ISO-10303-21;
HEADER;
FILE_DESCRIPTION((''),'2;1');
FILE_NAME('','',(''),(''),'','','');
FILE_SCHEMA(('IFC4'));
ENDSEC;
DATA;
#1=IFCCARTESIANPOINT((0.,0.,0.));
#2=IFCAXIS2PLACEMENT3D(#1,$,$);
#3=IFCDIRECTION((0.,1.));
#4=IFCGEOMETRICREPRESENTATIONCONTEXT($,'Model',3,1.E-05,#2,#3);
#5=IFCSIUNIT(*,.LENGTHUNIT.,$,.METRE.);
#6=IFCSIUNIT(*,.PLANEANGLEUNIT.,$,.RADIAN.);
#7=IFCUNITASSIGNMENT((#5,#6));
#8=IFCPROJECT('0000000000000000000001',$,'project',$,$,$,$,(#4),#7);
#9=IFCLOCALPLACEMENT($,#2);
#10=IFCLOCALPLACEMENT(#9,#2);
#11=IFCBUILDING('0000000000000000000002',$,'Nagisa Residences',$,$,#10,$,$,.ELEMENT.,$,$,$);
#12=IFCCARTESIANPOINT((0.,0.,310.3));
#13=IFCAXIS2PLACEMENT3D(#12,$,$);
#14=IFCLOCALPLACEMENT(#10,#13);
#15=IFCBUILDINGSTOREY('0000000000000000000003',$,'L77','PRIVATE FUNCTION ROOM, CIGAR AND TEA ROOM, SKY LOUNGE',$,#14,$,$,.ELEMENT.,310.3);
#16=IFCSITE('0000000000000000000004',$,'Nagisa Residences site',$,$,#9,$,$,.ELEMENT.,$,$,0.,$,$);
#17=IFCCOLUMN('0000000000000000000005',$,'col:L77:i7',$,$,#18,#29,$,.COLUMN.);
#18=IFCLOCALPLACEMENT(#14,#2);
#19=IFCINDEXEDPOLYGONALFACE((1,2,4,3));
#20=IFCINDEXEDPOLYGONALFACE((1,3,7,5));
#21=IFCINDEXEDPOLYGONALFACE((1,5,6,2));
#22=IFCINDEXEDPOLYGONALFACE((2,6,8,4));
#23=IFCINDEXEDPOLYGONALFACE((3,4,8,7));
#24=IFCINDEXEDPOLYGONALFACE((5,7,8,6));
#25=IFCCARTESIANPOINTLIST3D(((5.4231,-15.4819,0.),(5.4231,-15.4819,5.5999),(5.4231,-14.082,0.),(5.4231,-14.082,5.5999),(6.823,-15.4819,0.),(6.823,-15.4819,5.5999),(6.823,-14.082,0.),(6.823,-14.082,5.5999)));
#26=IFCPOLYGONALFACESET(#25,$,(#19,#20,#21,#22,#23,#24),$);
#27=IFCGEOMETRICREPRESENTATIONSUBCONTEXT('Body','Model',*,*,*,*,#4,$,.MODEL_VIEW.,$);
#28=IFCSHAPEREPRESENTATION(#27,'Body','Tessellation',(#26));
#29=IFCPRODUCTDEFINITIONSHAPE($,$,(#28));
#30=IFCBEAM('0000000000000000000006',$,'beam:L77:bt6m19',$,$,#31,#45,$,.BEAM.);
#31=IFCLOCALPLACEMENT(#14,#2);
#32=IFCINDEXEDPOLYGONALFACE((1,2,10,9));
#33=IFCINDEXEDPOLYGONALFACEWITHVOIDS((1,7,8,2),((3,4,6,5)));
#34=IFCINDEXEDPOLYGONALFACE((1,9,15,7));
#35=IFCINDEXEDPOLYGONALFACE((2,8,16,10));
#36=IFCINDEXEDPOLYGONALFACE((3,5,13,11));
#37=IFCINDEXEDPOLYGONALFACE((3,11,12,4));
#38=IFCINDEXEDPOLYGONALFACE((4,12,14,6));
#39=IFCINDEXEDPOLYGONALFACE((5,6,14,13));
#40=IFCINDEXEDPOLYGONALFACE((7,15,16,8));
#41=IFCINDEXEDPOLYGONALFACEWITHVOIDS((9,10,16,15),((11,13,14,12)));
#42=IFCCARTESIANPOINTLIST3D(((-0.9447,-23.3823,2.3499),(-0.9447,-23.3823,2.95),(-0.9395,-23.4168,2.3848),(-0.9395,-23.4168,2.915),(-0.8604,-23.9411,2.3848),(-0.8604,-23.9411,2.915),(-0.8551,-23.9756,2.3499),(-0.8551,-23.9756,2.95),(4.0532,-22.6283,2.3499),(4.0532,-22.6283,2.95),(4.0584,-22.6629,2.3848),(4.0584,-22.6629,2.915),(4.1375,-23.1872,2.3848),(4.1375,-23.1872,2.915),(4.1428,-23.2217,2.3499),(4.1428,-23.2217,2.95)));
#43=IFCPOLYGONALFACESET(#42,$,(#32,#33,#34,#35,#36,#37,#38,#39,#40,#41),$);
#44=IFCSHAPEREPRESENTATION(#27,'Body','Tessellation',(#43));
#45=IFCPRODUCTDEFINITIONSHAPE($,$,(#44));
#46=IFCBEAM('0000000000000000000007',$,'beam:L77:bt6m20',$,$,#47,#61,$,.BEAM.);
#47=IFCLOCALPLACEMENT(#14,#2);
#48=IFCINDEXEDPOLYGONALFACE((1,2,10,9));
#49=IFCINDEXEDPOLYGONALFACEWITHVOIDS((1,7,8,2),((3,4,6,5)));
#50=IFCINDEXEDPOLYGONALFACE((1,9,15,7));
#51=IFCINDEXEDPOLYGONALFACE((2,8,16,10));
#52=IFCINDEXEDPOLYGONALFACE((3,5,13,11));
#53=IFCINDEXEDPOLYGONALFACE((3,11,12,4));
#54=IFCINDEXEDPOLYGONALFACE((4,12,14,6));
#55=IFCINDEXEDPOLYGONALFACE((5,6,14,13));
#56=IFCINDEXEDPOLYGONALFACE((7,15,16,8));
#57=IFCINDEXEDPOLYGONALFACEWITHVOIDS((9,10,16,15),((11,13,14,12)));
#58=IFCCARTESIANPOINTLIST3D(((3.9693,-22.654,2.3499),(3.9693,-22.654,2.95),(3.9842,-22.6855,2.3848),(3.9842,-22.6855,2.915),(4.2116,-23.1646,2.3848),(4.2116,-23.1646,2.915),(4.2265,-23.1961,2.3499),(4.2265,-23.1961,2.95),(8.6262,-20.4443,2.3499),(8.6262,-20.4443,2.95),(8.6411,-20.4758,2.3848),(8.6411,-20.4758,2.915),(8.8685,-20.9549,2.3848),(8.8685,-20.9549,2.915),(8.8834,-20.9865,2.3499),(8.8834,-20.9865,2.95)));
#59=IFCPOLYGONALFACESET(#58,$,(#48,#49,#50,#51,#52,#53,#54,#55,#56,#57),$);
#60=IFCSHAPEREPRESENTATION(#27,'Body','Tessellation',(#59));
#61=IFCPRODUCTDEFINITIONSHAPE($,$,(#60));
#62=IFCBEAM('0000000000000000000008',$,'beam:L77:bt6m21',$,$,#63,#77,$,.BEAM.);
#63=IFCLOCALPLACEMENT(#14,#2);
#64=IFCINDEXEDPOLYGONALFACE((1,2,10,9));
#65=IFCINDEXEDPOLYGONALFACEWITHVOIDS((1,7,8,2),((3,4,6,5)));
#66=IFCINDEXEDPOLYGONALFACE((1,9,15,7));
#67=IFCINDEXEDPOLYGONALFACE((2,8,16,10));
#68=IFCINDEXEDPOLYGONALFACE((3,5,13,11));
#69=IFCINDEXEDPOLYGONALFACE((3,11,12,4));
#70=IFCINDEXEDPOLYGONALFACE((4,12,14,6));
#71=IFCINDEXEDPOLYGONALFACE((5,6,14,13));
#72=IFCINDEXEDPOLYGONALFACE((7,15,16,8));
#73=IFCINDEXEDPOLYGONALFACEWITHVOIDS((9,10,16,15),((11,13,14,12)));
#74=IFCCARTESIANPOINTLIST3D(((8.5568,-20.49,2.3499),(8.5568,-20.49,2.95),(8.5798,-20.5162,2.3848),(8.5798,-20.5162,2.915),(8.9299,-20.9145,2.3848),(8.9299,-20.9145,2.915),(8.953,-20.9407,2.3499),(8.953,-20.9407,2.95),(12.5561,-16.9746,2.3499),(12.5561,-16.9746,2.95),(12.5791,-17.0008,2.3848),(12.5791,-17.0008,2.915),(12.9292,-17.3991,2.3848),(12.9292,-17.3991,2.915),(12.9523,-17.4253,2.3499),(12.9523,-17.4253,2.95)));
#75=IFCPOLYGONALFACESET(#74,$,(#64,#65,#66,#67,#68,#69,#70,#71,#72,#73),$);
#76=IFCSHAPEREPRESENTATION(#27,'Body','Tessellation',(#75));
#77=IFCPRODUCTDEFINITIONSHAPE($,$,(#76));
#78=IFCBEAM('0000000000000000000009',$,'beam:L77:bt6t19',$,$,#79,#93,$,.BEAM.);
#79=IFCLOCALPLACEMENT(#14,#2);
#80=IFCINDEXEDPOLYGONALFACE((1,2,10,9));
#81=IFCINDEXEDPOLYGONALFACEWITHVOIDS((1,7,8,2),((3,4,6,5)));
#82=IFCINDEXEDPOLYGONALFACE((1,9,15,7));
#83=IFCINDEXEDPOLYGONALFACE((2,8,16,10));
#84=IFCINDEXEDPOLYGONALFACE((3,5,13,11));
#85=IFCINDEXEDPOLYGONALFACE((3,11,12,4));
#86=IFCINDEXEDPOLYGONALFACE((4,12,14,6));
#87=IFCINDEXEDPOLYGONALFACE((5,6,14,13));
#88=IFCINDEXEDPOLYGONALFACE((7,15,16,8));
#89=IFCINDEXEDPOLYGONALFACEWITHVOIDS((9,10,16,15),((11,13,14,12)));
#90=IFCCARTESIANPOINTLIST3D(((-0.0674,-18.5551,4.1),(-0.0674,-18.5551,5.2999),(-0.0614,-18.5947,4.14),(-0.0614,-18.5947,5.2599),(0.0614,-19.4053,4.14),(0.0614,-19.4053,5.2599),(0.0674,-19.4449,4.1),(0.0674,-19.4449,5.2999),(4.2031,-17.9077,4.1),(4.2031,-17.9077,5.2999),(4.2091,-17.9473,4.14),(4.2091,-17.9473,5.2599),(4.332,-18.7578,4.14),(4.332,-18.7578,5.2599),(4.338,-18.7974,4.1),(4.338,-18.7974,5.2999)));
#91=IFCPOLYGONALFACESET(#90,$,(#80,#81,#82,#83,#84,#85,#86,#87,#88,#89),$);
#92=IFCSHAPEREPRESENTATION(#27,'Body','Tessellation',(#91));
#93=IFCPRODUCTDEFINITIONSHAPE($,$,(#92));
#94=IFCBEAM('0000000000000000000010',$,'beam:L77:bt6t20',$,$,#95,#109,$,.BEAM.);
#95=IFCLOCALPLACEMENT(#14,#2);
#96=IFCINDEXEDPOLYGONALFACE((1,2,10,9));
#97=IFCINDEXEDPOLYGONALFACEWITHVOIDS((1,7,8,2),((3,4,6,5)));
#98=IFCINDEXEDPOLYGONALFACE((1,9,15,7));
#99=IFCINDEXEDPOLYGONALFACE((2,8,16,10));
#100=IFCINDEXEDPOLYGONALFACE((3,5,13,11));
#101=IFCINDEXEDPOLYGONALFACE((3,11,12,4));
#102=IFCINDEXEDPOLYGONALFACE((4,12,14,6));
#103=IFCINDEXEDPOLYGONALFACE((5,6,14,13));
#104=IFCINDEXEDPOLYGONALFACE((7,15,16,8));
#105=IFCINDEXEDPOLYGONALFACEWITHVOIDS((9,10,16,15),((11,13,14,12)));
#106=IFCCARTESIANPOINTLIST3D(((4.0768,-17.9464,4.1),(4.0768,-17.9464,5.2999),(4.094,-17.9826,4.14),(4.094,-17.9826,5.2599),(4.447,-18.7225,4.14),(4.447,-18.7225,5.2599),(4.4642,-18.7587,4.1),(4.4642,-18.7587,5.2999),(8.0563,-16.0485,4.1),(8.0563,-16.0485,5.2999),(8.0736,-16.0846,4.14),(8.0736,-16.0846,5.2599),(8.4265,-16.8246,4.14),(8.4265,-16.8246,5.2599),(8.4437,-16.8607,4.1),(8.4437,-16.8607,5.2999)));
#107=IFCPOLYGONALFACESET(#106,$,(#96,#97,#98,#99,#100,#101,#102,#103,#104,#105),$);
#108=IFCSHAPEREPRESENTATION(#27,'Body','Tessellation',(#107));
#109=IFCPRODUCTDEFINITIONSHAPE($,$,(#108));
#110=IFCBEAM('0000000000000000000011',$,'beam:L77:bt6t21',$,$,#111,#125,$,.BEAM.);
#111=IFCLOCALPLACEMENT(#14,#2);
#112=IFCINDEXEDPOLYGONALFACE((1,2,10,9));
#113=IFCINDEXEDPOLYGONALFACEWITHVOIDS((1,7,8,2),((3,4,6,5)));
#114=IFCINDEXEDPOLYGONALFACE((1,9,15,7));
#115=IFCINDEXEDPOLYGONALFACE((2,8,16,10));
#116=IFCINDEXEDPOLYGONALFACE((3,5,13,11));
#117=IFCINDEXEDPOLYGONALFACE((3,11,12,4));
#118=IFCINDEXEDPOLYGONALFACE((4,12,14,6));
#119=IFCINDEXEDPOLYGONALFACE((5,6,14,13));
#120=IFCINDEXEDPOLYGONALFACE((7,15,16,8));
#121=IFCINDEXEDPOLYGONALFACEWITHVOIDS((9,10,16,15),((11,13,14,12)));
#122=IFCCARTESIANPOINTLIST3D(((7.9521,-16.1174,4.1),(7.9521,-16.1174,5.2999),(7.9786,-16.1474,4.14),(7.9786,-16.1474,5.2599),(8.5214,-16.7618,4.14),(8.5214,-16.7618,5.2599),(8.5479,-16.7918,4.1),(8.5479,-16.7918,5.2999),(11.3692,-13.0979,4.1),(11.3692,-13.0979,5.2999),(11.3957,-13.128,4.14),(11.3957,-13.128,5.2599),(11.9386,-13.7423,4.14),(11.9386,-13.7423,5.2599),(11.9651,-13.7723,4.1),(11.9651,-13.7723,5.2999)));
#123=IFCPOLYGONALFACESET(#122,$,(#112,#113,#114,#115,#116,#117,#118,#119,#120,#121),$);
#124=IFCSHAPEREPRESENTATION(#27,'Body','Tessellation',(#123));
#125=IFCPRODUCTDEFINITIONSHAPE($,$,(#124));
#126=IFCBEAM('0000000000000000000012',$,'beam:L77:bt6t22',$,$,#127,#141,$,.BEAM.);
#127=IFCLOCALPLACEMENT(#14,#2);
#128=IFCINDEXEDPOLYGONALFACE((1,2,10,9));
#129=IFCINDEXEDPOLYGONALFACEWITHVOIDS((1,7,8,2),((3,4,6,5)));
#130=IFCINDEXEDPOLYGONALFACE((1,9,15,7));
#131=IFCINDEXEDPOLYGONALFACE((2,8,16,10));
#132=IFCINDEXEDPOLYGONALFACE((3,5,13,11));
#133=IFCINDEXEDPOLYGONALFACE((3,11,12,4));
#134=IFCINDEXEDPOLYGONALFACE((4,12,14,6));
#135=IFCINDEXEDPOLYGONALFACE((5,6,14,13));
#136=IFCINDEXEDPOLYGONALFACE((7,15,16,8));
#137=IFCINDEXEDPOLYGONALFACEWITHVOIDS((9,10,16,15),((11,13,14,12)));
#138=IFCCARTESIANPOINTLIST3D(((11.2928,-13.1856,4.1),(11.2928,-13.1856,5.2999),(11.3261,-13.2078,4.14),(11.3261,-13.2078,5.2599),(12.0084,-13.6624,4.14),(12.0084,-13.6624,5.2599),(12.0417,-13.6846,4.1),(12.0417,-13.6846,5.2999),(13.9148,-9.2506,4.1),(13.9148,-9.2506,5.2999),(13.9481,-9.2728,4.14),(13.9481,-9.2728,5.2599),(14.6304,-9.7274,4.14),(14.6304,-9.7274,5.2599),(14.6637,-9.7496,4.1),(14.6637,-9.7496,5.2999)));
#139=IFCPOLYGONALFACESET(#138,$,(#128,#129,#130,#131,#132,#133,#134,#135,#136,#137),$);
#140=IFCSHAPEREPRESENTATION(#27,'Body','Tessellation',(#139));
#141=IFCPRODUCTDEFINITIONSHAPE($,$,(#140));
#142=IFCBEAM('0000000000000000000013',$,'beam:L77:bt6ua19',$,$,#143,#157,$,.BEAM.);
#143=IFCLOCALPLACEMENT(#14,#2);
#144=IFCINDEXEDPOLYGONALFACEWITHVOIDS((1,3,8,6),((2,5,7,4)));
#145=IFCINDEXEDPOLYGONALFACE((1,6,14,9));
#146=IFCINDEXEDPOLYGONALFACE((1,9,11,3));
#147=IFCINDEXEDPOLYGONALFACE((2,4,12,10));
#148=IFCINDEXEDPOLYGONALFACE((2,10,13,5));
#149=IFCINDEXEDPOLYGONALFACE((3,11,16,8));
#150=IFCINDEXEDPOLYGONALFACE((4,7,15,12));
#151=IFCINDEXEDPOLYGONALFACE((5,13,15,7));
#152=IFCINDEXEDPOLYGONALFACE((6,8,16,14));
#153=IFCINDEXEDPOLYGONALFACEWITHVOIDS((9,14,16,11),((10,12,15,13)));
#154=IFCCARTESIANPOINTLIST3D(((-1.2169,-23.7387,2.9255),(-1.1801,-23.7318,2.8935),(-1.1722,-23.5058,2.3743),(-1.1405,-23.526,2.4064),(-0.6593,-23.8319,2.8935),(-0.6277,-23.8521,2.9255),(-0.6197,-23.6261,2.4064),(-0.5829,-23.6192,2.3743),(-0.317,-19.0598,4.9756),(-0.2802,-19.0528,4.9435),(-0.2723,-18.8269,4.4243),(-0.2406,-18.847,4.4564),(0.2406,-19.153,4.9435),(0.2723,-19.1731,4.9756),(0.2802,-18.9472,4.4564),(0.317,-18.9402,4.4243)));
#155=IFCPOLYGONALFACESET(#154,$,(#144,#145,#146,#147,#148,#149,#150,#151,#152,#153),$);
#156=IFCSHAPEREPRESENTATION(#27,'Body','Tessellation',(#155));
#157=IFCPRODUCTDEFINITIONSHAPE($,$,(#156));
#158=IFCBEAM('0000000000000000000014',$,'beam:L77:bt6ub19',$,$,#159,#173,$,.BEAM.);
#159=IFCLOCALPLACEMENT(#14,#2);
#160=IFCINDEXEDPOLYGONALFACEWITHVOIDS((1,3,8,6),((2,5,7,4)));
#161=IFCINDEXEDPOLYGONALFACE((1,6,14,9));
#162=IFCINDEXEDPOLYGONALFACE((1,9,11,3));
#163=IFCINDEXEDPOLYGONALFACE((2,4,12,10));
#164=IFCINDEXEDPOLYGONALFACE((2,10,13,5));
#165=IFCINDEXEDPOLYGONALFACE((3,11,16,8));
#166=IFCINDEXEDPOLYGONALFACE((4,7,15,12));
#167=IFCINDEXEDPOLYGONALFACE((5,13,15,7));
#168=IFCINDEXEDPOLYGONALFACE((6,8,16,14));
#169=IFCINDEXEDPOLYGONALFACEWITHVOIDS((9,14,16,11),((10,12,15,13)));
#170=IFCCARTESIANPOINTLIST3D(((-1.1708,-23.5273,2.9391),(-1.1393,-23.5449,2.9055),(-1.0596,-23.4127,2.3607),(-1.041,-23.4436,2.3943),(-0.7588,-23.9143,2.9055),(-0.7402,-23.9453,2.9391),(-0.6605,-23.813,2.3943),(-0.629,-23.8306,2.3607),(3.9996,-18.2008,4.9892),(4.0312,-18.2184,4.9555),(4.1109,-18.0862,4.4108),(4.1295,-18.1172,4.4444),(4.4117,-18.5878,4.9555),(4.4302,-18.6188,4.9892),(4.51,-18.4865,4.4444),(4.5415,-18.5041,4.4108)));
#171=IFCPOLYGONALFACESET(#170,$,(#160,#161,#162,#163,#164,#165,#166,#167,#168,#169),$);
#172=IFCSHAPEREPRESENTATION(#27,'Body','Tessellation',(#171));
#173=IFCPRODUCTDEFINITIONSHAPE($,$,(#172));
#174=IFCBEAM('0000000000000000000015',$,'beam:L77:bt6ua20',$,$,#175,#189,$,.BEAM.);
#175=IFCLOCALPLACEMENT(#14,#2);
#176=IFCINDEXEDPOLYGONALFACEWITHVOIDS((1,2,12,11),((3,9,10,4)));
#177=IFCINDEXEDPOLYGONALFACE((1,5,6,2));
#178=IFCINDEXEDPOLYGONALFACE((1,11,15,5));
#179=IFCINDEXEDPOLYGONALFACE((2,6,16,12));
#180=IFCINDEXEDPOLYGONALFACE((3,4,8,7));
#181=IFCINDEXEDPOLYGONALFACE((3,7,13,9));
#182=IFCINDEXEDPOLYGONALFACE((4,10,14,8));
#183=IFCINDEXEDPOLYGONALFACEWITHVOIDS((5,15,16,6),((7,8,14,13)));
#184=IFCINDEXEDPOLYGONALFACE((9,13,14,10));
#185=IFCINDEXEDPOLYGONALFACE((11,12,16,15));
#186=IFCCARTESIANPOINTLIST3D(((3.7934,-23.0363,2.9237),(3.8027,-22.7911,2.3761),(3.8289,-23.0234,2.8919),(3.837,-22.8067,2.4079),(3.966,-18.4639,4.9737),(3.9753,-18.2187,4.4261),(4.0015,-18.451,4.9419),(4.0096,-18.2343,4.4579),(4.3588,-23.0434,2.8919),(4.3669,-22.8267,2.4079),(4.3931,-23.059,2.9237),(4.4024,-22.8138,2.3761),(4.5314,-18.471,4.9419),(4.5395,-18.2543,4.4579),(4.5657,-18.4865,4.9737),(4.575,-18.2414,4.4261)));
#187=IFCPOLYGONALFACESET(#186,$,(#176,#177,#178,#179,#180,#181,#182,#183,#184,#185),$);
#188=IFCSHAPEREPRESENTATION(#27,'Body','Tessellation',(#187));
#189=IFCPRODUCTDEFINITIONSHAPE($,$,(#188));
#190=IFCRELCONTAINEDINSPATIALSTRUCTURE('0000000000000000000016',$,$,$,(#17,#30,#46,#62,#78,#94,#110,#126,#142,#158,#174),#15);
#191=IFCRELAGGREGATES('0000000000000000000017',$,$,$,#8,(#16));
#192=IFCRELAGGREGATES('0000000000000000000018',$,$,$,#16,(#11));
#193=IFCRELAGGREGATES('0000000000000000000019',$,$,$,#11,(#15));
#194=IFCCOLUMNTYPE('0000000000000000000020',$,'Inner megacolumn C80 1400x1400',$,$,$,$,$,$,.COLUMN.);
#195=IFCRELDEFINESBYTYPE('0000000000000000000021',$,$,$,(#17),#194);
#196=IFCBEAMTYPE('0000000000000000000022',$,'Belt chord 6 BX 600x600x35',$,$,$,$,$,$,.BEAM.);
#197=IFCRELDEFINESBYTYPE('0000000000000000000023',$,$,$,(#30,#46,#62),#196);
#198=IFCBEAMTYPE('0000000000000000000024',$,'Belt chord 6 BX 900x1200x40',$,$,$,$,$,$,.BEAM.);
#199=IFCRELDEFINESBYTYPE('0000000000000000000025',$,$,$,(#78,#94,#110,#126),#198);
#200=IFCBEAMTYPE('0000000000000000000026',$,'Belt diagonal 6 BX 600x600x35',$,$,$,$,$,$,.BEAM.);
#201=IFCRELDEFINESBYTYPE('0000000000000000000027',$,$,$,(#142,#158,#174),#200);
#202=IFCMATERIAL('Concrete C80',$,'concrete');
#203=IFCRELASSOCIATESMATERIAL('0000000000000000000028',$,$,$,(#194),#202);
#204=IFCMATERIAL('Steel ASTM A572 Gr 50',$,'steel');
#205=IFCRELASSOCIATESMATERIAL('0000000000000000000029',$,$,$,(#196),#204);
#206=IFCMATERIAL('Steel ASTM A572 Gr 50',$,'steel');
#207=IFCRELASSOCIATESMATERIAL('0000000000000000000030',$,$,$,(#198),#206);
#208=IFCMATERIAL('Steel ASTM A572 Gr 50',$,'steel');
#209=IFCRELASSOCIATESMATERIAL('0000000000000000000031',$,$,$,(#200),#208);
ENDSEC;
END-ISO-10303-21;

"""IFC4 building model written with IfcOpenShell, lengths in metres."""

from ifc_helpers import new_model, si_unit, direction, frame, origin, origin_2d, place, context, subcontext, project, spatial, rectangle, hollow_rectangle, extrude, material, material_profile, profile_set, type_object, element, save


model = new_model("IFC4")

# Units and contexts
model_context = context("Model", 3, precision=1e-05, world=origin(), true_north=direction((0.0, 1.0)))
body_context = subcontext(model_context, "Body", "Model", "MODEL_VIEW")
ifc_project = project(units=[si_unit("LENGTHUNIT", "METRE"), si_unit("PLANEANGLEUNIT", "RADIAN")], contexts=[model_context])

# Site, building, storey
site_placement = place(None, origin())
site = spatial("IfcSite", under=ifc_project, at=site_placement, Name="Nagisa Residences site", CompositionType="ELEMENT", RefElevation=0.0)
building_placement = place(site_placement, origin())
building = spatial("IfcBuilding", under=site, at=building_placement, Name="Nagisa Residences", CompositionType="ELEMENT")
storey_placement = place(building_placement, frame((0.0, 0.0, 310.3)))
storey = spatial("IfcBuildingStorey", under=building, at=storey_placement, Name="L77", Description="PRIVATE FUNCTION ROOM, CIGAR AND TEA ROOM, SKY LOUNGE", CompositionType="ELEMENT", Elevation=310.3)

# Column
ifc_material_1 = material(Name="Concrete C80", Category="concrete")
ifc_material_profile_1 = material_profile(ifc_material_1, rectangle(XDim=1.3999, YDim=1.3999, at=origin_2d()), Name="C80 1400x1400")
ifc_profile_set_1 = profile_set([ifc_material_profile_1], Name="Concrete C80")
column_type = type_object("IfcColumnType", Name="Inner megacolumn C80 1400x1400", PredefinedType="COLUMN", material=ifc_profile_set_1)
column_placement = place(storey_placement, frame((6.123, -14.782, 0.0), z_axis=(0.0, 0.0, 1.0), x_axis=(1.0, 0.0, 0.0)))
element("IfcColumn", 1, at=column_placement, inside=storey, type_object=column_type, Name="col:L77:i7", PredefinedType="COLUMN", context=body_context, shape_type="SweptSolid", body=[
    extrude(rectangle(XDim=1.3999, YDim=1.3999, at=origin_2d()), origin(), (0.0, 0.0, 1.0), 5.5999),
])

# Beams
ifc_material_2 = material(Name="Steel ASTM A572 Gr 50", Category="steel")
ifc_material_profile_2 = material_profile(ifc_material_2, hollow_rectangle(XDim=0.6001, YDim=0.6001, WallThickness=0.0349, at=origin_2d()), Name="BX 600x600x35")
ifc_profile_set_2 = profile_set([ifc_material_profile_2], Name="Steel ASTM A572 Gr 50")
beam_type_1 = type_object("IfcBeamType", Name="Belt chord 6 BX 600x600x35", PredefinedType="BEAM", material=ifc_profile_set_2)
beam_1_placement = place(storey_placement, frame((-0.8999, -23.679, 2.6499), z_axis=(0.988813, 0.14916, 0.0), x_axis=(-0.14916, 0.988813, 0.0)))
element("IfcBeam", 2, at=beam_1_placement, inside=storey, type_object=beam_type_1, Name="beam:L77:bt6m19", PredefinedType="BEAM", context=body_context, shape_type="SweptSolid", body=[
    extrude(hollow_rectangle(XDim=0.6001, YDim=0.6001, WallThickness=0.0349, at=origin_2d()), origin(), (0.0, 0.0, 1.0), 5.0544),
])
beam_2_placement = place(storey_placement, frame((4.0979, -22.925, 2.6499), z_axis=(0.903454, 0.428685, 0.0), x_axis=(-0.428685, 0.903454, 0.0)))
element("IfcBeam", 3, at=beam_2_placement, inside=storey, type_object=beam_type_1, Name="beam:L77:bt6m20", PredefinedType="BEAM", context=body_context, shape_type="SweptSolid", body=[
    extrude(hollow_rectangle(XDim=0.6001, YDim=0.6001, WallThickness=0.0349, at=origin_2d()), origin(), (0.0, 0.0, 1.0), 5.1545),
])
beam_3_placement = place(storey_placement, frame((8.7549, -20.7153, 2.6499), z_axis=(0.751084, 0.660207, 0.0), x_axis=(-0.660207, 0.751084, 0.0)))
element("IfcBeam", 4, at=beam_3_placement, inside=storey, type_object=beam_type_1, Name="beam:L77:bt6m21", PredefinedType="BEAM", context=body_context, shape_type="SweptSolid", body=[
    extrude(hollow_rectangle(XDim=0.6001, YDim=0.6001, WallThickness=0.0349, at=origin_2d()), origin(), (0.0, 0.0, 1.0), 5.3247),
])
ifc_material_3 = material(Name="Steel ASTM A572 Gr 50", Category="steel")
ifc_material_profile_3 = material_profile(ifc_material_3, hollow_rectangle(XDim=0.8999, YDim=1.2, WallThickness=0.04, at=origin_2d()), Name="BX 900x1200x40")
ifc_profile_set_3 = profile_set([ifc_material_profile_3], Name="Steel ASTM A572 Gr 50")
beam_type_2 = type_object("IfcBeamType", Name="Belt chord 6 BX 900x1200x40", PredefinedType="BEAM", material=ifc_profile_set_3)
beam_4_placement = place(storey_placement, frame((0.0, -19.0, 4.7), z_axis=(0.988701, 0.149899, 0.0), x_axis=(-0.149899, 0.988701, 0.0)))
element("IfcBeam", 5, at=beam_4_placement, inside=storey, type_object=beam_type_2, Name="beam:L77:bt6t19", PredefinedType="BEAM", context=body_context, shape_type="SweptSolid", body=[
    extrude(hollow_rectangle(XDim=0.8999, YDim=1.2, WallThickness=0.04, at=origin_2d()), origin(), (0.0, 0.0, 1.0), 4.3193),
])
beam_5_placement = place(storey_placement, frame((4.2705, -18.3525, 4.7), z_axis=(0.9026, 0.430479, 0.0), x_axis=(-0.430479, 0.9026, 0.0)))
element("IfcBeam", 6, at=beam_5_placement, inside=storey, type_object=beam_type_2, Name="beam:L77:bt6t20", PredefinedType="BEAM", context=body_context, shape_type="SweptSolid", body=[
    extrude(hollow_rectangle(XDim=0.8999, YDim=1.2, WallThickness=0.04, at=origin_2d()), origin(), (0.0, 0.0, 1.0), 4.4089),
])
beam_6_placement = place(storey_placement, frame((8.25, -16.4546, 4.7), z_axis=(0.749367, 0.662154, 0.0), x_axis=(-0.662154, 0.749367, 0.0)))
element("IfcBeam", 7, at=beam_6_placement, inside=storey, type_object=beam_type_2, Name="beam:L77:bt6t21", PredefinedType="BEAM", context=body_context, shape_type="SweptSolid", body=[
    extrude(hollow_rectangle(XDim=0.8999, YDim=1.2, WallThickness=0.04, at=origin_2d()), origin(), (0.0, 0.0, 1.0), 4.5601),
])
beam_7_placement = place(storey_placement, frame((11.6672, -13.4351, 4.7), z_axis=(0.55451, 0.832177, 0.0), x_axis=(-0.832177, 0.55451, 0.0)))
element("IfcBeam", 8, at=beam_7_placement, inside=storey, type_object=beam_type_2, Name="beam:L77:bt6t22", PredefinedType="BEAM", context=body_context, shape_type="SweptSolid", body=[
    extrude(hollow_rectangle(XDim=0.8999, YDim=1.2, WallThickness=0.04, at=origin_2d()), origin(), (0.0, 0.0, 1.0), 4.7285),
])
ifc_material_4 = material(Name="Steel ASTM A572 Gr 50", Category="steel")
ifc_material_profile_4 = material_profile(ifc_material_4, hollow_rectangle(XDim=0.6001, YDim=0.6001, WallThickness=0.0349, at=origin_2d()), Name="BX 600x600x35")
ifc_profile_set_4 = profile_set([ifc_material_profile_4], Name="Steel ASTM A572 Gr 50")
beam_type_3 = type_object("IfcBeamType", Name="Belt diagonal 6 BX 600x600x35", PredefinedType="BEAM", material=ifc_profile_set_4)
beam_8_placement = place(storey_placement, frame((-0.8999, -23.679, 2.6499), z_axis=(0.173491, 0.902051, 0.395227), x_axis=(-0.982002, 0.188868, 0.0)))
element("IfcBeam", 9, at=beam_8_placement, inside=storey, type_object=beam_type_3, Name="beam:L77:bt6ua19", PredefinedType="BEAM", context=body_context, shape_type="SweptSolid", body=[
    extrude(hollow_rectangle(XDim=0.6001, YDim=0.6001, WallThickness=0.0349, at=origin_2d()), origin(), (0.0, 0.0, 1.0), 5.187),
])
beam_9_placement = place(storey_placement, frame((-0.8999, -23.679, 2.6499), z_axis=(0.671388, 0.691646, 0.266203), x_axis=(-0.717537, 0.696521, 0.0)))
element("IfcBeam", 10, at=beam_9_placement, inside=storey, type_object=beam_type_3, Name="beam:L77:bt6ub19", PredefinedType="BEAM", context=body_context, shape_type="SweptSolid", body=[
    extrude(hollow_rectangle(XDim=0.6001, YDim=0.6001, WallThickness=0.0349, at=origin_2d()), origin(), (0.0, 0.0, 1.0), 7.7012),
])
beam_10_placement = place(storey_placement, frame((4.0979, -22.925, 2.6499), z_axis=(0.034425, 0.911946, 0.408864), x_axis=(-0.999288, 0.037722, 0.0)))
element("IfcBeam", 11, at=beam_10_placement, inside=storey, type_object=beam_type_3, Name="beam:L77:bt6ua20", PredefinedType="BEAM", context=body_context, shape_type="SweptSolid", body=[
    extrude(hollow_rectangle(XDim=0.6001, YDim=0.6001, WallThickness=0.0349, at=origin_2d()), origin(), (0.0, 0.0, 1.0), 5.0139),
])

save(model, "model.ifc")
